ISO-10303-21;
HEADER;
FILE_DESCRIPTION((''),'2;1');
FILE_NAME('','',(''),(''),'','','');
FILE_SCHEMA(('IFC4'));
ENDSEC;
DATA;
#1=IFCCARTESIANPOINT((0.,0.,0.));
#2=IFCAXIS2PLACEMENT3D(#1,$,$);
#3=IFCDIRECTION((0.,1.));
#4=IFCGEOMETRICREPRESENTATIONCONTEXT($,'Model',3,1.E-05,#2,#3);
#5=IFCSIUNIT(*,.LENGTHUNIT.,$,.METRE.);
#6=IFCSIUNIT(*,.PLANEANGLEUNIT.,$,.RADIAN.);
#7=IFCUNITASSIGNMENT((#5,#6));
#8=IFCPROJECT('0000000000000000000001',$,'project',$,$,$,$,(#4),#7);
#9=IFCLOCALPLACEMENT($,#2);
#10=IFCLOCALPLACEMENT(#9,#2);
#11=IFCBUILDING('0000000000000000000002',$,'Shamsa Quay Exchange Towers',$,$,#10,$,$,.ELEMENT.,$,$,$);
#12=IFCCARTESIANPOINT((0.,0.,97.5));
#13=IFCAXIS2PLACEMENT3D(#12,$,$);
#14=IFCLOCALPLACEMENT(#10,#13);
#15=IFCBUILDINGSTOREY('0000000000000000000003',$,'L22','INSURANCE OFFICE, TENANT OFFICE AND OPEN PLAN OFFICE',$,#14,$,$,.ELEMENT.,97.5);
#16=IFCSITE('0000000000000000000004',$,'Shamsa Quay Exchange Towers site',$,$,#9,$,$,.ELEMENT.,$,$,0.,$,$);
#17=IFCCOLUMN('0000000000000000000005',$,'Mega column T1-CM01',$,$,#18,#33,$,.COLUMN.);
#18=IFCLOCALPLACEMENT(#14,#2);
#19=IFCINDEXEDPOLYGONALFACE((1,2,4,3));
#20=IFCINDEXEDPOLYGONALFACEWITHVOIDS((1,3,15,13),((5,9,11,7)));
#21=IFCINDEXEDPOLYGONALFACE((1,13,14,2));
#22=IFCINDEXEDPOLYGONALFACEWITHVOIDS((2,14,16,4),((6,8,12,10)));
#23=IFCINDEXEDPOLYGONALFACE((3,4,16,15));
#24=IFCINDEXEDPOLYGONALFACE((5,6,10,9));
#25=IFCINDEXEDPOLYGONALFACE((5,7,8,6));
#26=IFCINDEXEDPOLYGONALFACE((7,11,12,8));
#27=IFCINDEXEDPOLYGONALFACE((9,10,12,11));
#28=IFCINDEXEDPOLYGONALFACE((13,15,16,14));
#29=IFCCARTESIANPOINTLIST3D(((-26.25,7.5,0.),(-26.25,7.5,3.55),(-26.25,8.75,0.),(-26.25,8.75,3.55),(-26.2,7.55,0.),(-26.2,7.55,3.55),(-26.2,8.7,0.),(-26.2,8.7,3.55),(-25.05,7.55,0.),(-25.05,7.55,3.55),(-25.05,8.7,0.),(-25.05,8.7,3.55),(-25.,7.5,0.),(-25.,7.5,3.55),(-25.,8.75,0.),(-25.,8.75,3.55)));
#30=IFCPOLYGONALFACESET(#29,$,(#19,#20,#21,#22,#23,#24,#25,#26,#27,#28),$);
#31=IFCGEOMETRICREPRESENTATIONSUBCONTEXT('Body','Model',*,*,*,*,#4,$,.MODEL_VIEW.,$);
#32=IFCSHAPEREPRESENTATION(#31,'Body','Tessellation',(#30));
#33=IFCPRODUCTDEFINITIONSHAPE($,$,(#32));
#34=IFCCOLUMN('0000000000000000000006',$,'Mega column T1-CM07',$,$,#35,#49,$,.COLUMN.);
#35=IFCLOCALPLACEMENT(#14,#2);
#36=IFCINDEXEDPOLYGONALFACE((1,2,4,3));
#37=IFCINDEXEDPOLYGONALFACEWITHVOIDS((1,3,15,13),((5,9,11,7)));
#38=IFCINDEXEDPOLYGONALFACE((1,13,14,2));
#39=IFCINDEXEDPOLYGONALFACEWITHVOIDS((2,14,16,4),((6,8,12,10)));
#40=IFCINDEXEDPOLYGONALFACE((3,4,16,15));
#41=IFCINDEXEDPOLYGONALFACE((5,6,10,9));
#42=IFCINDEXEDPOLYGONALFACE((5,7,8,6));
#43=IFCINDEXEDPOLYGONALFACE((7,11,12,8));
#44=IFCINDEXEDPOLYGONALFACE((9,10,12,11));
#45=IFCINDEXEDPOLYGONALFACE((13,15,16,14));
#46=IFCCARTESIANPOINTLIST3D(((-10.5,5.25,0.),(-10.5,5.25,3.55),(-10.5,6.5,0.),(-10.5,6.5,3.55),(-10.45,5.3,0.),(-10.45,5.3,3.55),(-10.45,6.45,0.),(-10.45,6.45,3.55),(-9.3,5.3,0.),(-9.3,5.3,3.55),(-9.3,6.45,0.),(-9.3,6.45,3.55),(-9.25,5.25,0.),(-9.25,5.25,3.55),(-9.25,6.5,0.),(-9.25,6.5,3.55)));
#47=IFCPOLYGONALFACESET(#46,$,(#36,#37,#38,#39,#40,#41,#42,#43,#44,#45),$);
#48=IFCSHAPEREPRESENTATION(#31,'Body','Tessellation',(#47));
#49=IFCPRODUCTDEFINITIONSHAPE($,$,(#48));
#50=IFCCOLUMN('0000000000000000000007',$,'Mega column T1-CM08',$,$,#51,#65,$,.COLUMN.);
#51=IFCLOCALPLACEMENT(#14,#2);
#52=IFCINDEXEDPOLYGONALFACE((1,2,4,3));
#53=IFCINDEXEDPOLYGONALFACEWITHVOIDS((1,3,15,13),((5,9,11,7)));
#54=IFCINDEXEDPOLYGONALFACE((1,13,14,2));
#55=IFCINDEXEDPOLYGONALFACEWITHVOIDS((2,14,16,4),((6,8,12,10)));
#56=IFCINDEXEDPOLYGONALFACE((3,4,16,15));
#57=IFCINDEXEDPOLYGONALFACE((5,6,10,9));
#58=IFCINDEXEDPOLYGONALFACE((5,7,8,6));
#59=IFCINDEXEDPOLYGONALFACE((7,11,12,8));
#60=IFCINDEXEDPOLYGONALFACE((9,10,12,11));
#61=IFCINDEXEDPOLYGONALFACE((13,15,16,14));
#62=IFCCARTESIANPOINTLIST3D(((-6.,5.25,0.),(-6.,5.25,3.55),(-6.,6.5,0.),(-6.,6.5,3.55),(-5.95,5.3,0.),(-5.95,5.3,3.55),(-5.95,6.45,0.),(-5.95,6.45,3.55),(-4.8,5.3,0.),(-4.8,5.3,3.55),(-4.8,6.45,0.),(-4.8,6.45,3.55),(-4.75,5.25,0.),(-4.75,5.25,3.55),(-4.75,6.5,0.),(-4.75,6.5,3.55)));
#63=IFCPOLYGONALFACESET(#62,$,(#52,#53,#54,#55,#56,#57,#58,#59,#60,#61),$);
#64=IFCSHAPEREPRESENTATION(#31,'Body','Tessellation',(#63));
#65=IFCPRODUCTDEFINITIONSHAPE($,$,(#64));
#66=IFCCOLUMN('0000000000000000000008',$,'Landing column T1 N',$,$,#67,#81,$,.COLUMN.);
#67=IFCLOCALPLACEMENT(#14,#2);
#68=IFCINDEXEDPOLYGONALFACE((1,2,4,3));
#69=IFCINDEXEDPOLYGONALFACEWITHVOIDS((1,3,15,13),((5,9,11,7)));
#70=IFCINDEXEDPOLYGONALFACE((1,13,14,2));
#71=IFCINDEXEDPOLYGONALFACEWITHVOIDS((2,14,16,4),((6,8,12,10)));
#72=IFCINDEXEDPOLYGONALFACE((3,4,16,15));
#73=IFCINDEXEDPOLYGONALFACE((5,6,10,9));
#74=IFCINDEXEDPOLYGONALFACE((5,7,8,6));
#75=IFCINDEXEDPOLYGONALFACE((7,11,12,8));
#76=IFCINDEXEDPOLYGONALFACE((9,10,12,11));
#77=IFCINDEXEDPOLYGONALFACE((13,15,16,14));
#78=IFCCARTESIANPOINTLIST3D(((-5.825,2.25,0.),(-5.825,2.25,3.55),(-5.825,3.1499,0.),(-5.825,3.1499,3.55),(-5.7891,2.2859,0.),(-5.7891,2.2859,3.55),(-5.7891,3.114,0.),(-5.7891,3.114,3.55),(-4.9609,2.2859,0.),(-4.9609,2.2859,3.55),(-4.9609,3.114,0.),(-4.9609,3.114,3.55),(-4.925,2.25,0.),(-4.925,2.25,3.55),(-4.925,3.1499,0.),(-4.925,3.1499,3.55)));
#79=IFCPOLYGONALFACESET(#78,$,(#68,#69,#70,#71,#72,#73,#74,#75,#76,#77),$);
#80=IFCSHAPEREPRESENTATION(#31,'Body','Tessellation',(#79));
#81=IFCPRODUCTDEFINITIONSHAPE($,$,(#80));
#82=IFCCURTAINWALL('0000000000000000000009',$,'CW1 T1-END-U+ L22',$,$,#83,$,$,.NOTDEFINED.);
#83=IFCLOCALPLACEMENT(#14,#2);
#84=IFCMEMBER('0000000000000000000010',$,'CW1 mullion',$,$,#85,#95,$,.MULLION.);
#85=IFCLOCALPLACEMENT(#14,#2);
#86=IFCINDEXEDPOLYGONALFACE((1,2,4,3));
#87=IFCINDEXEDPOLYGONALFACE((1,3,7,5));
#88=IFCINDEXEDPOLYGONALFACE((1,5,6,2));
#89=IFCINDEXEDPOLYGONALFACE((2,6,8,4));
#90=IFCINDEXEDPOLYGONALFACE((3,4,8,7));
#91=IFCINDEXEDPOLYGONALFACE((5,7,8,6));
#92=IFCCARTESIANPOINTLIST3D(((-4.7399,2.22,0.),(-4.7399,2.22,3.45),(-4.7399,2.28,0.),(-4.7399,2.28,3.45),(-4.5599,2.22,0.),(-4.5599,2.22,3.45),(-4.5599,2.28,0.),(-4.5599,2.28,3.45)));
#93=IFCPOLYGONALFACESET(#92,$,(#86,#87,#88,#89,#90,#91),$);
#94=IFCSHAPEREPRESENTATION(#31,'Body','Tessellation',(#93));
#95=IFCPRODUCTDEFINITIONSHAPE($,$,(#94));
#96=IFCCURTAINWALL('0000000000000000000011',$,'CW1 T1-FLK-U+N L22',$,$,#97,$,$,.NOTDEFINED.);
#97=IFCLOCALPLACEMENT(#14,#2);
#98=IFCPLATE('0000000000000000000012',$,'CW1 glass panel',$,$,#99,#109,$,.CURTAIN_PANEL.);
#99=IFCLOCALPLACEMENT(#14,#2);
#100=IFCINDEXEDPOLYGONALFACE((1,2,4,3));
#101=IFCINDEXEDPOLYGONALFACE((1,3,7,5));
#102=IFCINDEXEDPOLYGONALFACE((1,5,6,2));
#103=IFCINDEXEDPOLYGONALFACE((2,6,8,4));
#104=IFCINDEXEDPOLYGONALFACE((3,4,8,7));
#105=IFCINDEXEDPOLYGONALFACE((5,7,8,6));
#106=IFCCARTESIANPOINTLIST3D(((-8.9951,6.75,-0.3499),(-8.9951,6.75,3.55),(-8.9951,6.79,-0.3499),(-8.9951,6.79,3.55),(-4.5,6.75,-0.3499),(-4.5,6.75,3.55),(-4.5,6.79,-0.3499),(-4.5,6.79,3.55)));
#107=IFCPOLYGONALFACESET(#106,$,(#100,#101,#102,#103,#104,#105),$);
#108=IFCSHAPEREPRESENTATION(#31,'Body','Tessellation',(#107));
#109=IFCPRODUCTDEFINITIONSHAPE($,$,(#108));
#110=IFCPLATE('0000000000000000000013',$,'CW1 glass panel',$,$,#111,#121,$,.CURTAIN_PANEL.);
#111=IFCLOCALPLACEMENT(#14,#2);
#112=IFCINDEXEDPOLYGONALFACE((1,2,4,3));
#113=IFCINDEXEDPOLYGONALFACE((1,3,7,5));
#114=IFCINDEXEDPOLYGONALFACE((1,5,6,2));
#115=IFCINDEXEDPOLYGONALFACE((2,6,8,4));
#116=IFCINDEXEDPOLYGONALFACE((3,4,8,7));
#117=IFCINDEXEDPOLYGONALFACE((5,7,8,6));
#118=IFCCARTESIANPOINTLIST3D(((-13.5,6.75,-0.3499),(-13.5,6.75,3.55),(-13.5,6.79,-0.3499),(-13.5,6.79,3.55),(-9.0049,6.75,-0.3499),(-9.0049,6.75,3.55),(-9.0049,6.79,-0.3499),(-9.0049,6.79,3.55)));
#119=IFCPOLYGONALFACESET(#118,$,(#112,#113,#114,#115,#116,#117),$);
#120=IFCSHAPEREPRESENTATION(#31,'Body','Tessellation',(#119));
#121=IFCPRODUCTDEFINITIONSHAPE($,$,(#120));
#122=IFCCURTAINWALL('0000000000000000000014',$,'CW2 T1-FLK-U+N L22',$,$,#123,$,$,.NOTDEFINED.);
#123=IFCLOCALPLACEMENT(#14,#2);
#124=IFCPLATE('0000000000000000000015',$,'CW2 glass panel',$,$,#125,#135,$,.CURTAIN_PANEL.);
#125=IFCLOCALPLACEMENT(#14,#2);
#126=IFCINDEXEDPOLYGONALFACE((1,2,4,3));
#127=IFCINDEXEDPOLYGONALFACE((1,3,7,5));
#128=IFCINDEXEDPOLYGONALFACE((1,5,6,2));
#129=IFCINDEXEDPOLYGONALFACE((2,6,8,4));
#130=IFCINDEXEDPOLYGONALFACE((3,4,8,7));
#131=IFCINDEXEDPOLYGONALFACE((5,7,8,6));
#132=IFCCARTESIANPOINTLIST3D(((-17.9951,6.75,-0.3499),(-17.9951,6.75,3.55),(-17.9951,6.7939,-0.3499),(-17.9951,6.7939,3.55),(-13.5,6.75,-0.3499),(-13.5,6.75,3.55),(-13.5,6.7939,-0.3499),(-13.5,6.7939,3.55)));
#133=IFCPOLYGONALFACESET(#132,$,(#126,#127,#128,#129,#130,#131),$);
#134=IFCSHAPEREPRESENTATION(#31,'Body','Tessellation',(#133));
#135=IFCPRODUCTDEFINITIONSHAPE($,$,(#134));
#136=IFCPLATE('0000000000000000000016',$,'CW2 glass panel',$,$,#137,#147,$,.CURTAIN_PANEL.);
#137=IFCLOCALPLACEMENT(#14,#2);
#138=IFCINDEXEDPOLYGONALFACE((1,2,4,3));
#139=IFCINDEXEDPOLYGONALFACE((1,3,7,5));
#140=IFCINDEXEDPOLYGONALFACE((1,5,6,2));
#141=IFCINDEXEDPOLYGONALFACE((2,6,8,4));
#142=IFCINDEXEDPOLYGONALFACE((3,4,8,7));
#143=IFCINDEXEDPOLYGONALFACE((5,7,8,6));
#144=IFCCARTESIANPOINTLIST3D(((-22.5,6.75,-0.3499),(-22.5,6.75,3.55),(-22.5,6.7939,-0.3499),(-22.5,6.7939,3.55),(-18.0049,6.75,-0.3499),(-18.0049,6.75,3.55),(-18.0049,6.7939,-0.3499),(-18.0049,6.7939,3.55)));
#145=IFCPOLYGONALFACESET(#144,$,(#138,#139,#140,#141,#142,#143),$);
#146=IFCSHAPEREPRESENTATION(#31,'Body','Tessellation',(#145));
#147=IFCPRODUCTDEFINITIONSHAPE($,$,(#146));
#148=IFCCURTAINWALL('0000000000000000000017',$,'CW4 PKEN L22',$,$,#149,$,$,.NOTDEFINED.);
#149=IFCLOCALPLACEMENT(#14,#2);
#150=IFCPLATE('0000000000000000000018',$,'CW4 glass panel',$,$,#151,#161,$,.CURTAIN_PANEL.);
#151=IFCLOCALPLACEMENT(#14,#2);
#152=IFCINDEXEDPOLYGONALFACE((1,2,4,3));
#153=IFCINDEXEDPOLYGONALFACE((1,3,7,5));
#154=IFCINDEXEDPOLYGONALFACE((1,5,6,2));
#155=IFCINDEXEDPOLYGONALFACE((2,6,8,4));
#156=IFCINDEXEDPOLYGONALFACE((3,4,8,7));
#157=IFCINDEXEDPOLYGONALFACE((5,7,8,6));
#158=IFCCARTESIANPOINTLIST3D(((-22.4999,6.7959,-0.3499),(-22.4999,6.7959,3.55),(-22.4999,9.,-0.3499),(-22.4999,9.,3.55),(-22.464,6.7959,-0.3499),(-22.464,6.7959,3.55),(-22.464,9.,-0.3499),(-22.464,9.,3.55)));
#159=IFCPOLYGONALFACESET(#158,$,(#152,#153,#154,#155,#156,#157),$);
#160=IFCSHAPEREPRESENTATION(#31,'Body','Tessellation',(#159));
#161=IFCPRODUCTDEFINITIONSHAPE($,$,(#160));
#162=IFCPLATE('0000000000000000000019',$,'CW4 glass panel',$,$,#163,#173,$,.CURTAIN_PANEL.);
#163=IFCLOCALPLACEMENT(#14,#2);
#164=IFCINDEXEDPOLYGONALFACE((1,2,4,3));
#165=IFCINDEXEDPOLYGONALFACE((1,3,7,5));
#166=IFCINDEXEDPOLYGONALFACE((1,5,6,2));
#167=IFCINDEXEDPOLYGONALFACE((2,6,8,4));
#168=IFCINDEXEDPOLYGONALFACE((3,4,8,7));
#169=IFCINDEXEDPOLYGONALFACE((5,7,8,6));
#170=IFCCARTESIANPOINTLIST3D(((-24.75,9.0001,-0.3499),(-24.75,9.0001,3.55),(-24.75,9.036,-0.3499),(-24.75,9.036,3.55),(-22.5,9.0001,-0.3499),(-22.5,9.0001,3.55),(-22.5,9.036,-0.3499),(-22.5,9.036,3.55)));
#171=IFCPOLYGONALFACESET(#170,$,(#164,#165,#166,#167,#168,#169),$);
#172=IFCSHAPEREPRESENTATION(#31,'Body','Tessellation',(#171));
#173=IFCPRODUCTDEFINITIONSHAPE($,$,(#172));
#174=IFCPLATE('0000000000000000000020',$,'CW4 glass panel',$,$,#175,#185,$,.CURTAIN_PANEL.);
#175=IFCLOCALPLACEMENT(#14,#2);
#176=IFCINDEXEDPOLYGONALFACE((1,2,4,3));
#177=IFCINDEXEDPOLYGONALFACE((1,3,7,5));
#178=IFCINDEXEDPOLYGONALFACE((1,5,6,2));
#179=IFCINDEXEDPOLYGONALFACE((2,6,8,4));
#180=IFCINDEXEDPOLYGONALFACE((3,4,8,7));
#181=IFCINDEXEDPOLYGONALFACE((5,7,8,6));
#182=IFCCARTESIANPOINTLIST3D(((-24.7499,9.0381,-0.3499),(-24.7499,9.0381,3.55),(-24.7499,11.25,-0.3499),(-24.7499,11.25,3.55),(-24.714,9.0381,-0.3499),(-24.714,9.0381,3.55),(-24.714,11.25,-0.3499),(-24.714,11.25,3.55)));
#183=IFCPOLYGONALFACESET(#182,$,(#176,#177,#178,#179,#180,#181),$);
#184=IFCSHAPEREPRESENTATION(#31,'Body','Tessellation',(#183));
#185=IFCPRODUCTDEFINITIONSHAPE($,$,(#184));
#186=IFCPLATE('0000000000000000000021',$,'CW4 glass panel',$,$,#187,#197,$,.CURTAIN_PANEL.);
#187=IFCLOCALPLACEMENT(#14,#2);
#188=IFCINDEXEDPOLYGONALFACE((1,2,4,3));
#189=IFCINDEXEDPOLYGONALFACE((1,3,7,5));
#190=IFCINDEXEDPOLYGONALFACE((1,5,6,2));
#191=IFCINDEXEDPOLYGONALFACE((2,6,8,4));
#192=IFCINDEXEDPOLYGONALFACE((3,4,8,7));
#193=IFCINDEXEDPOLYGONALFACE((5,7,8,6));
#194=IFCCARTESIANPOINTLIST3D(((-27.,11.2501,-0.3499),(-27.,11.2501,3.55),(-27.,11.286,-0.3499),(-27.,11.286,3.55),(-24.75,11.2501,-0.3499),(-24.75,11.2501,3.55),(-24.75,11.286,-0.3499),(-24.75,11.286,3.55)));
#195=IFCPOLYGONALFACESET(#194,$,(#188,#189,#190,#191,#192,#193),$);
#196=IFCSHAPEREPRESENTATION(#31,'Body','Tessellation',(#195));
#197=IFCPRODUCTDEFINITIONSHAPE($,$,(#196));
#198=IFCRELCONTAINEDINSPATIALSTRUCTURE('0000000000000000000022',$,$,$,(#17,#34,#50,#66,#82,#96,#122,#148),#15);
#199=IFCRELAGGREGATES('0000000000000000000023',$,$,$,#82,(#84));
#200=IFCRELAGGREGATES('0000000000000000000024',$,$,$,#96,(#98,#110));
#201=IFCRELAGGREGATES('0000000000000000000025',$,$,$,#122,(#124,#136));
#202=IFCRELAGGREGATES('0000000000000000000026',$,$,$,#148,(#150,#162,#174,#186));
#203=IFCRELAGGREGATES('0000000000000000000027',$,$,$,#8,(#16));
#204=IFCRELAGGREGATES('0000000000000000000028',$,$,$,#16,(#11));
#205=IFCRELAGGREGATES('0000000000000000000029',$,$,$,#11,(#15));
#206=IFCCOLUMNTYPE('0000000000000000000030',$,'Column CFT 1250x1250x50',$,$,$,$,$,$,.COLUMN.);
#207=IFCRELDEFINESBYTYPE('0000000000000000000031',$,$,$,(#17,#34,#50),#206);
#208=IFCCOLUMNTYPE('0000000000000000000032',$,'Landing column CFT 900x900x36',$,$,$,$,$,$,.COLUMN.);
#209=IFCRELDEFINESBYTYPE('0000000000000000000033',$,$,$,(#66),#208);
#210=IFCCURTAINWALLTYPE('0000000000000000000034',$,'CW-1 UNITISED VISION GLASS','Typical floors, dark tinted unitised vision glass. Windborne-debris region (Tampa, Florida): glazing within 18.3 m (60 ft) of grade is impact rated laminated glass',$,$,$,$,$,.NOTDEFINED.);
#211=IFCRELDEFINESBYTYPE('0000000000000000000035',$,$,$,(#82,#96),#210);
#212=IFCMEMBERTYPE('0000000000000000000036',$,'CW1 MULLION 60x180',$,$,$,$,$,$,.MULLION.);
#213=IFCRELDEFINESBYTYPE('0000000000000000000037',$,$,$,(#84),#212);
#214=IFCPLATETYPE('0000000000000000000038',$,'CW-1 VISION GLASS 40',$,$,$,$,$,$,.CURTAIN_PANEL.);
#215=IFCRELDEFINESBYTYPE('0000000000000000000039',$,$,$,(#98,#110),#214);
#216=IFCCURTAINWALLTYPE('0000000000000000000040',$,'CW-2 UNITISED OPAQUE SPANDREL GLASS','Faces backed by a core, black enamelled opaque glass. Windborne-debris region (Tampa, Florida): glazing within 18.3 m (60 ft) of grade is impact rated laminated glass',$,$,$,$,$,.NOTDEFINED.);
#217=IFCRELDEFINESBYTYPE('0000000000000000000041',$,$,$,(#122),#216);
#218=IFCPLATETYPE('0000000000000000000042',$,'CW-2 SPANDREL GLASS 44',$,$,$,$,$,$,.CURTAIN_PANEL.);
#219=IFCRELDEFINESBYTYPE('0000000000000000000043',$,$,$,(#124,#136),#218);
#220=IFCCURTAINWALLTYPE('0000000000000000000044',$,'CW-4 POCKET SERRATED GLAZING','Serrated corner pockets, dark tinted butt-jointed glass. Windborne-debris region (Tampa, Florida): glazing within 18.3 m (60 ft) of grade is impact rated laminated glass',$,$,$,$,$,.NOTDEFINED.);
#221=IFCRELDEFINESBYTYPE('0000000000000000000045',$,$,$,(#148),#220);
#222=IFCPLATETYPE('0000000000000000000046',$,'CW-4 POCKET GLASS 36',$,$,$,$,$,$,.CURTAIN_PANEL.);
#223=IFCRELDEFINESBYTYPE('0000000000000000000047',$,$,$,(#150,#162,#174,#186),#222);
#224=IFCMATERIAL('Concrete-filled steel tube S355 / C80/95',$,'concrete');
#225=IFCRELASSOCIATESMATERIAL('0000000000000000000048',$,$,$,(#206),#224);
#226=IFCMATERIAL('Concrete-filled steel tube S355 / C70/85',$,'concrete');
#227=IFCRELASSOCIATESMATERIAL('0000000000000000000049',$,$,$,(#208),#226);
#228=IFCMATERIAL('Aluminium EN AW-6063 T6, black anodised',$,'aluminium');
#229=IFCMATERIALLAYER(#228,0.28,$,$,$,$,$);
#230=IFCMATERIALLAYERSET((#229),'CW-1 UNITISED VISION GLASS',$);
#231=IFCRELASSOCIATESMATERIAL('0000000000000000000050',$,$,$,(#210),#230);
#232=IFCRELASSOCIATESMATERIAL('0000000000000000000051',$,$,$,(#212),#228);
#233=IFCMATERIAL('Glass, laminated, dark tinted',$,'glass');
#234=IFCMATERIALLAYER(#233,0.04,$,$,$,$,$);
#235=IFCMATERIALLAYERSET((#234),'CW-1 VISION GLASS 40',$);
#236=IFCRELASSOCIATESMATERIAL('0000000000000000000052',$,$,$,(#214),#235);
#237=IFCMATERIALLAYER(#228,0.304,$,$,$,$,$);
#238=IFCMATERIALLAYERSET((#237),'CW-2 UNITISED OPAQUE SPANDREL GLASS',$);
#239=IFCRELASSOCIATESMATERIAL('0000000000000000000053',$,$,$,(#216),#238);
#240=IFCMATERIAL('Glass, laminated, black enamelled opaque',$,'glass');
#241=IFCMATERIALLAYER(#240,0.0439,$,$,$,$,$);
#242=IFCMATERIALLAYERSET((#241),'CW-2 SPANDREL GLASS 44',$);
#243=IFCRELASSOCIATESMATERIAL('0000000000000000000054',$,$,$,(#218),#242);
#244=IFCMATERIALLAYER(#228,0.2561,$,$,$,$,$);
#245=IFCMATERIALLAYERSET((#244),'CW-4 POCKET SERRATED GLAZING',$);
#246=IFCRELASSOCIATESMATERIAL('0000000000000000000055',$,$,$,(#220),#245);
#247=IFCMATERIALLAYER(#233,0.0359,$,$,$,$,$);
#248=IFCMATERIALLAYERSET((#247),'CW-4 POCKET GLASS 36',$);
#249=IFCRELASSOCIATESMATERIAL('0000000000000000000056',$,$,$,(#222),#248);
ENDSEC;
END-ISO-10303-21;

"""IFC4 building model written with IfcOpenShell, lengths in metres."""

from ifc_helpers import new_model, si_unit, direction, frame, origin, origin_2d, place, context, subcontext, project, spatial, rectangle, hollow_rectangle, extrude, material, layer, layer_set, material_profile, profile_set, type_object, element, aggregate, save


model = new_model("IFC4")

# Units and contexts
model_context = context("Model", 3, precision=1e-05, world=origin(), true_north=direction((0.0, 1.0)))
body_context = subcontext(model_context, "Body", "Model", "MODEL_VIEW")
ifc_project = project(units=[si_unit("LENGTHUNIT", "METRE"), si_unit("PLANEANGLEUNIT", "RADIAN")], contexts=[model_context])

# Site, building, storey
site_placement = place(None, origin())
site = spatial("IfcSite", under=ifc_project, at=site_placement, Name="Shamsa Quay Exchange Towers site", CompositionType="ELEMENT", RefElevation=0.0)
building_placement = place(site_placement, origin())
building = spatial("IfcBuilding", under=site, at=building_placement, Name="Shamsa Quay Exchange Towers", CompositionType="ELEMENT")
storey_placement = place(building_placement, frame((0.0, 0.0, 97.5)))
storey = spatial("IfcBuildingStorey", under=building, at=storey_placement, Name="L22", Description="INSURANCE OFFICE, TENANT OFFICE AND OPEN PLAN OFFICE", CompositionType="ELEMENT", Elevation=97.5)

# Columns
ifc_material_1 = material(Name="Concrete-filled steel tube S355 / C80/95", Category="concrete")
ifc_material_profile_1 = material_profile(ifc_material_1, hollow_rectangle(XDim=1.25, YDim=1.25, WallThickness=0.05, at=origin_2d()), Name="CFT 1250x1250x50")
ifc_profile_set_1 = profile_set([ifc_material_profile_1], Name="Concrete-filled steel tube S355 / C80/95")
column_type_1 = type_object("IfcColumnType", Name="Column CFT 1250x1250x50", PredefinedType="COLUMN", material=ifc_profile_set_1)
for number, where, name in (
    (1, (-25.625, 8.125, 0.0), "Mega column T1-CM01"),
    (2, (-9.875, 5.875, 0.0), "Mega column T1-CM07"),
    (3, (-5.375, 5.875, 0.0), "Mega column T1-CM08"),
):
    element("IfcColumn", number, at=place(storey_placement, frame(where)), inside=storey, type_object=column_type_1, Name=name, PredefinedType="COLUMN", context=body_context, shape_type="SweptSolid", body=[
        extrude(hollow_rectangle(XDim=1.25, YDim=1.25, WallThickness=0.05, at=origin_2d()), origin(), (0.0, 0.0, 1.0), 3.55),
    ])
ifc_material_2 = material(Name="Concrete-filled steel tube S355 / C70/85", Category="concrete")
ifc_material_profile_2 = material_profile(ifc_material_2, hollow_rectangle(XDim=0.8999, YDim=0.8999, WallThickness=0.0359, at=origin_2d()), Name="CFT 900x900x36")
ifc_profile_set_2 = profile_set([ifc_material_profile_2], Name="Concrete-filled steel tube S355 / C70/85")
column_type_2 = type_object("IfcColumnType", Name="Landing column CFT 900x900x36", PredefinedType="COLUMN", material=ifc_profile_set_2)
column_placement = place(storey_placement, frame((-5.375, 2.7, 0.0)))
element("IfcColumn", 4, at=column_placement, inside=storey, type_object=column_type_2, Name="Landing column T1 N", PredefinedType="COLUMN", context=body_context, shape_type="SweptSolid", body=[
    extrude(hollow_rectangle(XDim=0.8999, YDim=0.8999, WallThickness=0.0359, at=origin_2d()), origin(), (0.0, 0.0, 1.0), 3.55),
])

# Curtain wall, member
ifc_material_3 = material(Name="Aluminium EN AW-6063 T6, black anodised", Category="aluminium")
ifc_layer_1 = layer(ifc_material_3, 0.28)
ifc_layer_set_1 = layer_set([ifc_layer_1], Name="CW-1 UNITISED VISION GLASS")
curtain_wall_type_1 = type_object("IfcCurtainWallType", Name="CW-1 UNITISED VISION GLASS", Description="Typical floors, dark tinted unitised vision glass. Windborne-debris region (Tampa, Florida): glazing within 18.3 m (60 ft) of grade is impact rated laminated glass", PredefinedType="NOTDEFINED", material=ifc_layer_set_1)
curtain_wall_1_placement = place(storey_placement, origin())
curtain_wall_1 = element("IfcCurtainWall", 5, at=curtain_wall_1_placement, inside=storey, type_object=curtain_wall_type_1, Name="CW1 T1-END-U+ L22", PredefinedType="NOTDEFINED")
ifc_material_profile_3 = material_profile(ifc_material_3, rectangle(XDim=0.1799, YDim=0.0601, at=origin_2d()), Name="MU60x180")
ifc_profile_set_3 = profile_set([ifc_material_profile_3], Name="Aluminium EN AW-6063 T6, black anodised")
member_type = type_object("IfcMemberType", Name="CW1 MULLION 60x180", PredefinedType="MULLION", material=ifc_profile_set_3)
member_placement = place(storey_placement, frame((-4.6499, 2.25, 0.0), z_axis=(0.0, 0.0, 1.0), x_axis=(-1.0, 0.0, 0.0)))
member = element("IfcMember", 6, at=member_placement, type_object=member_type, Name="CW1 mullion", PredefinedType="MULLION", context=body_context, shape_type="SweptSolid", body=[
    extrude(rectangle(XDim=0.1799, YDim=0.0601, at=origin_2d()), origin(), (0.0, 0.0, 1.0), 3.45),
])
aggregate(curtain_wall_1, [member])

# Curtain walls, plates
curtain_wall_2_placement = place(storey_placement, origin())
curtain_wall_2 = element("IfcCurtainWall", 7, at=curtain_wall_2_placement, inside=storey, type_object=curtain_wall_type_1, Name="CW1 T1-FLK-U+N L22", PredefinedType="NOTDEFINED")
ifc_material_4 = material(Name="Glass, laminated, dark tinted", Category="glass")
ifc_layer_2 = layer(ifc_material_4, 0.04)
ifc_layer_set_2 = layer_set([ifc_layer_2], Name="CW-1 VISION GLASS 40")
plate_type_1 = type_object("IfcPlateType", Name="CW-1 VISION GLASS 40", PredefinedType="CURTAIN_PANEL", material=ifc_layer_set_2)
plate_1_placement = place(storey_placement, frame((-6.7476, 6.77, -0.3499), z_axis=(0.0, 0.0, 1.0), x_axis=(-1.0, 0.0, 0.0)))
plate_1 = element("IfcPlate", 8, at=plate_1_placement, type_object=plate_type_1, Name="CW1 glass panel", PredefinedType="CURTAIN_PANEL", context=body_context, shape_type="SweptSolid", body=[
    extrude(rectangle(XDim=4.4951, YDim=0.04, at=origin_2d()), origin(), (0.0, 0.0, 1.0), 3.8999),
])
plate_2_placement = place(storey_placement, frame((-11.2524, 6.77, -0.3499), z_axis=(0.0, 0.0, 1.0), x_axis=(-1.0, 0.0, 0.0)))
plate_2 = element("IfcPlate", 9, at=plate_2_placement, type_object=plate_type_1, Name="CW1 glass panel", PredefinedType="CURTAIN_PANEL", context=body_context, shape_type="SweptSolid", body=[
    extrude(rectangle(XDim=4.4951, YDim=0.04, at=origin_2d()), origin(), (0.0, 0.0, 1.0), 3.8999),
])
aggregate(curtain_wall_2, [plate_1, plate_2])
ifc_layer_3 = layer(ifc_material_3, 0.304)
ifc_layer_set_3 = layer_set([ifc_layer_3], Name="CW-2 UNITISED OPAQUE SPANDREL GLASS")
curtain_wall_type_2 = type_object("IfcCurtainWallType", Name="CW-2 UNITISED OPAQUE SPANDREL GLASS", Description="Faces backed by a core, black enamelled opaque glass. Windborne-debris region (Tampa, Florida): glazing within 18.3 m (60 ft) of grade is impact rated laminated glass", PredefinedType="NOTDEFINED", material=ifc_layer_set_3)
curtain_wall_3_placement = place(storey_placement, origin())
curtain_wall_3 = element("IfcCurtainWall", 10, at=curtain_wall_3_placement, inside=storey, type_object=curtain_wall_type_2, Name="CW2 T1-FLK-U+N L22", PredefinedType="NOTDEFINED")
ifc_material_5 = material(Name="Glass, laminated, black enamelled opaque", Category="glass")
ifc_layer_4 = layer(ifc_material_5, 0.0439)
ifc_layer_set_4 = layer_set([ifc_layer_4], Name="CW-2 SPANDREL GLASS 44")
plate_type_2 = type_object("IfcPlateType", Name="CW-2 SPANDREL GLASS 44", PredefinedType="CURTAIN_PANEL", material=ifc_layer_set_4)
plate_3_placement = place(storey_placement, frame((-15.7476, 6.772, -0.3499), z_axis=(0.0, 0.0, 1.0), x_axis=(-1.0, 0.0, 0.0)))
plate_3 = element("IfcPlate", 11, at=plate_3_placement, type_object=plate_type_2, Name="CW2 glass panel", PredefinedType="CURTAIN_PANEL", context=body_context, shape_type="SweptSolid", body=[
    extrude(rectangle(XDim=4.4951, YDim=0.0439, at=origin_2d()), origin(), (0.0, 0.0, 1.0), 3.8999),
])
plate_4_placement = place(storey_placement, frame((-20.2524, 6.772, -0.3499), z_axis=(0.0, 0.0, 1.0), x_axis=(-1.0, 0.0, 0.0)))
plate_4 = element("IfcPlate", 12, at=plate_4_placement, type_object=plate_type_2, Name="CW2 glass panel", PredefinedType="CURTAIN_PANEL", context=body_context, shape_type="SweptSolid", body=[
    extrude(rectangle(XDim=4.4951, YDim=0.0439, at=origin_2d()), origin(), (0.0, 0.0, 1.0), 3.8999),
])
aggregate(curtain_wall_3, [plate_3, plate_4])
ifc_layer_5 = layer(ifc_material_3, 0.2561)
ifc_layer_set_5 = layer_set([ifc_layer_5], Name="CW-4 POCKET SERRATED GLAZING")
curtain_wall_type_3 = type_object("IfcCurtainWallType", Name="CW-4 POCKET SERRATED GLAZING", Description="Serrated corner pockets, dark tinted butt-jointed glass. Windborne-debris region (Tampa, Florida): glazing within 18.3 m (60 ft) of grade is impact rated laminated glass", PredefinedType="NOTDEFINED", material=ifc_layer_set_5)
curtain_wall_4_placement = place(storey_placement, origin())
curtain_wall_4 = element("IfcCurtainWall", 13, at=curtain_wall_4_placement, inside=storey, type_object=curtain_wall_type_3, Name="CW4 PKEN L22", PredefinedType="NOTDEFINED")
ifc_layer_6 = layer(ifc_material_4, 0.0359)
ifc_layer_set_6 = layer_set([ifc_layer_6], Name="CW-4 POCKET GLASS 36")
plate_type_3 = type_object("IfcPlateType", Name="CW-4 POCKET GLASS 36", PredefinedType="CURTAIN_PANEL", material=ifc_layer_set_6)
plate_5_placement = place(storey_placement, frame((-22.4819, 7.8979, -0.3499), z_axis=(0.0, 0.0, 1.0), x_axis=(0.0, 1.0, 0.0)))
plate_5 = element("IfcPlate", 14, at=plate_5_placement, type_object=plate_type_3, Name="CW4 glass panel", PredefinedType="CURTAIN_PANEL", context=body_context, shape_type="SweptSolid", body=[
    extrude(rectangle(XDim=2.2041, YDim=0.0359, at=origin_2d()), origin(), (0.0, 0.0, 1.0), 3.8999),
])
plate_6_placement = place(storey_placement, frame((-23.625, 9.0181, -0.3499), z_axis=(0.0, 0.0, 1.0), x_axis=(-1.0, 0.0, 0.0)))
plate_6 = element("IfcPlate", 15, at=plate_6_placement, type_object=plate_type_3, Name="CW4 glass panel", PredefinedType="CURTAIN_PANEL", context=body_context, shape_type="SweptSolid", body=[
    extrude(rectangle(XDim=2.25, YDim=0.0359, at=origin_2d()), origin(), (0.0, 0.0, 1.0), 3.8999),
])
plate_7_placement = place(storey_placement, frame((-24.7319, 10.144, -0.3499), z_axis=(0.0, 0.0, 1.0), x_axis=(0.0, 1.0, 0.0)))
plate_7 = element("IfcPlate", 16, at=plate_7_placement, type_object=plate_type_3, Name="CW4 glass panel", PredefinedType="CURTAIN_PANEL", context=body_context, shape_type="SweptSolid", body=[
    extrude(rectangle(XDim=2.2119, YDim=0.0359, at=origin_2d()), origin(), (0.0, 0.0, 1.0), 3.8999),
])
plate_8_placement = place(storey_placement, frame((-25.875, 11.2681, -0.3499), z_axis=(0.0, 0.0, 1.0), x_axis=(-1.0, 0.0, 0.0)))
plate_8 = element("IfcPlate", 17, at=plate_8_placement, type_object=plate_type_3, Name="CW4 glass panel", PredefinedType="CURTAIN_PANEL", context=body_context, shape_type="SweptSolid", body=[
    extrude(rectangle(XDim=2.25, YDim=0.0359, at=origin_2d()), origin(), (0.0, 0.0, 1.0), 3.8999),
])
aggregate(curtain_wall_4, [plate_5, plate_6, plate_7, plate_8])

save(model, "model.ifc")
